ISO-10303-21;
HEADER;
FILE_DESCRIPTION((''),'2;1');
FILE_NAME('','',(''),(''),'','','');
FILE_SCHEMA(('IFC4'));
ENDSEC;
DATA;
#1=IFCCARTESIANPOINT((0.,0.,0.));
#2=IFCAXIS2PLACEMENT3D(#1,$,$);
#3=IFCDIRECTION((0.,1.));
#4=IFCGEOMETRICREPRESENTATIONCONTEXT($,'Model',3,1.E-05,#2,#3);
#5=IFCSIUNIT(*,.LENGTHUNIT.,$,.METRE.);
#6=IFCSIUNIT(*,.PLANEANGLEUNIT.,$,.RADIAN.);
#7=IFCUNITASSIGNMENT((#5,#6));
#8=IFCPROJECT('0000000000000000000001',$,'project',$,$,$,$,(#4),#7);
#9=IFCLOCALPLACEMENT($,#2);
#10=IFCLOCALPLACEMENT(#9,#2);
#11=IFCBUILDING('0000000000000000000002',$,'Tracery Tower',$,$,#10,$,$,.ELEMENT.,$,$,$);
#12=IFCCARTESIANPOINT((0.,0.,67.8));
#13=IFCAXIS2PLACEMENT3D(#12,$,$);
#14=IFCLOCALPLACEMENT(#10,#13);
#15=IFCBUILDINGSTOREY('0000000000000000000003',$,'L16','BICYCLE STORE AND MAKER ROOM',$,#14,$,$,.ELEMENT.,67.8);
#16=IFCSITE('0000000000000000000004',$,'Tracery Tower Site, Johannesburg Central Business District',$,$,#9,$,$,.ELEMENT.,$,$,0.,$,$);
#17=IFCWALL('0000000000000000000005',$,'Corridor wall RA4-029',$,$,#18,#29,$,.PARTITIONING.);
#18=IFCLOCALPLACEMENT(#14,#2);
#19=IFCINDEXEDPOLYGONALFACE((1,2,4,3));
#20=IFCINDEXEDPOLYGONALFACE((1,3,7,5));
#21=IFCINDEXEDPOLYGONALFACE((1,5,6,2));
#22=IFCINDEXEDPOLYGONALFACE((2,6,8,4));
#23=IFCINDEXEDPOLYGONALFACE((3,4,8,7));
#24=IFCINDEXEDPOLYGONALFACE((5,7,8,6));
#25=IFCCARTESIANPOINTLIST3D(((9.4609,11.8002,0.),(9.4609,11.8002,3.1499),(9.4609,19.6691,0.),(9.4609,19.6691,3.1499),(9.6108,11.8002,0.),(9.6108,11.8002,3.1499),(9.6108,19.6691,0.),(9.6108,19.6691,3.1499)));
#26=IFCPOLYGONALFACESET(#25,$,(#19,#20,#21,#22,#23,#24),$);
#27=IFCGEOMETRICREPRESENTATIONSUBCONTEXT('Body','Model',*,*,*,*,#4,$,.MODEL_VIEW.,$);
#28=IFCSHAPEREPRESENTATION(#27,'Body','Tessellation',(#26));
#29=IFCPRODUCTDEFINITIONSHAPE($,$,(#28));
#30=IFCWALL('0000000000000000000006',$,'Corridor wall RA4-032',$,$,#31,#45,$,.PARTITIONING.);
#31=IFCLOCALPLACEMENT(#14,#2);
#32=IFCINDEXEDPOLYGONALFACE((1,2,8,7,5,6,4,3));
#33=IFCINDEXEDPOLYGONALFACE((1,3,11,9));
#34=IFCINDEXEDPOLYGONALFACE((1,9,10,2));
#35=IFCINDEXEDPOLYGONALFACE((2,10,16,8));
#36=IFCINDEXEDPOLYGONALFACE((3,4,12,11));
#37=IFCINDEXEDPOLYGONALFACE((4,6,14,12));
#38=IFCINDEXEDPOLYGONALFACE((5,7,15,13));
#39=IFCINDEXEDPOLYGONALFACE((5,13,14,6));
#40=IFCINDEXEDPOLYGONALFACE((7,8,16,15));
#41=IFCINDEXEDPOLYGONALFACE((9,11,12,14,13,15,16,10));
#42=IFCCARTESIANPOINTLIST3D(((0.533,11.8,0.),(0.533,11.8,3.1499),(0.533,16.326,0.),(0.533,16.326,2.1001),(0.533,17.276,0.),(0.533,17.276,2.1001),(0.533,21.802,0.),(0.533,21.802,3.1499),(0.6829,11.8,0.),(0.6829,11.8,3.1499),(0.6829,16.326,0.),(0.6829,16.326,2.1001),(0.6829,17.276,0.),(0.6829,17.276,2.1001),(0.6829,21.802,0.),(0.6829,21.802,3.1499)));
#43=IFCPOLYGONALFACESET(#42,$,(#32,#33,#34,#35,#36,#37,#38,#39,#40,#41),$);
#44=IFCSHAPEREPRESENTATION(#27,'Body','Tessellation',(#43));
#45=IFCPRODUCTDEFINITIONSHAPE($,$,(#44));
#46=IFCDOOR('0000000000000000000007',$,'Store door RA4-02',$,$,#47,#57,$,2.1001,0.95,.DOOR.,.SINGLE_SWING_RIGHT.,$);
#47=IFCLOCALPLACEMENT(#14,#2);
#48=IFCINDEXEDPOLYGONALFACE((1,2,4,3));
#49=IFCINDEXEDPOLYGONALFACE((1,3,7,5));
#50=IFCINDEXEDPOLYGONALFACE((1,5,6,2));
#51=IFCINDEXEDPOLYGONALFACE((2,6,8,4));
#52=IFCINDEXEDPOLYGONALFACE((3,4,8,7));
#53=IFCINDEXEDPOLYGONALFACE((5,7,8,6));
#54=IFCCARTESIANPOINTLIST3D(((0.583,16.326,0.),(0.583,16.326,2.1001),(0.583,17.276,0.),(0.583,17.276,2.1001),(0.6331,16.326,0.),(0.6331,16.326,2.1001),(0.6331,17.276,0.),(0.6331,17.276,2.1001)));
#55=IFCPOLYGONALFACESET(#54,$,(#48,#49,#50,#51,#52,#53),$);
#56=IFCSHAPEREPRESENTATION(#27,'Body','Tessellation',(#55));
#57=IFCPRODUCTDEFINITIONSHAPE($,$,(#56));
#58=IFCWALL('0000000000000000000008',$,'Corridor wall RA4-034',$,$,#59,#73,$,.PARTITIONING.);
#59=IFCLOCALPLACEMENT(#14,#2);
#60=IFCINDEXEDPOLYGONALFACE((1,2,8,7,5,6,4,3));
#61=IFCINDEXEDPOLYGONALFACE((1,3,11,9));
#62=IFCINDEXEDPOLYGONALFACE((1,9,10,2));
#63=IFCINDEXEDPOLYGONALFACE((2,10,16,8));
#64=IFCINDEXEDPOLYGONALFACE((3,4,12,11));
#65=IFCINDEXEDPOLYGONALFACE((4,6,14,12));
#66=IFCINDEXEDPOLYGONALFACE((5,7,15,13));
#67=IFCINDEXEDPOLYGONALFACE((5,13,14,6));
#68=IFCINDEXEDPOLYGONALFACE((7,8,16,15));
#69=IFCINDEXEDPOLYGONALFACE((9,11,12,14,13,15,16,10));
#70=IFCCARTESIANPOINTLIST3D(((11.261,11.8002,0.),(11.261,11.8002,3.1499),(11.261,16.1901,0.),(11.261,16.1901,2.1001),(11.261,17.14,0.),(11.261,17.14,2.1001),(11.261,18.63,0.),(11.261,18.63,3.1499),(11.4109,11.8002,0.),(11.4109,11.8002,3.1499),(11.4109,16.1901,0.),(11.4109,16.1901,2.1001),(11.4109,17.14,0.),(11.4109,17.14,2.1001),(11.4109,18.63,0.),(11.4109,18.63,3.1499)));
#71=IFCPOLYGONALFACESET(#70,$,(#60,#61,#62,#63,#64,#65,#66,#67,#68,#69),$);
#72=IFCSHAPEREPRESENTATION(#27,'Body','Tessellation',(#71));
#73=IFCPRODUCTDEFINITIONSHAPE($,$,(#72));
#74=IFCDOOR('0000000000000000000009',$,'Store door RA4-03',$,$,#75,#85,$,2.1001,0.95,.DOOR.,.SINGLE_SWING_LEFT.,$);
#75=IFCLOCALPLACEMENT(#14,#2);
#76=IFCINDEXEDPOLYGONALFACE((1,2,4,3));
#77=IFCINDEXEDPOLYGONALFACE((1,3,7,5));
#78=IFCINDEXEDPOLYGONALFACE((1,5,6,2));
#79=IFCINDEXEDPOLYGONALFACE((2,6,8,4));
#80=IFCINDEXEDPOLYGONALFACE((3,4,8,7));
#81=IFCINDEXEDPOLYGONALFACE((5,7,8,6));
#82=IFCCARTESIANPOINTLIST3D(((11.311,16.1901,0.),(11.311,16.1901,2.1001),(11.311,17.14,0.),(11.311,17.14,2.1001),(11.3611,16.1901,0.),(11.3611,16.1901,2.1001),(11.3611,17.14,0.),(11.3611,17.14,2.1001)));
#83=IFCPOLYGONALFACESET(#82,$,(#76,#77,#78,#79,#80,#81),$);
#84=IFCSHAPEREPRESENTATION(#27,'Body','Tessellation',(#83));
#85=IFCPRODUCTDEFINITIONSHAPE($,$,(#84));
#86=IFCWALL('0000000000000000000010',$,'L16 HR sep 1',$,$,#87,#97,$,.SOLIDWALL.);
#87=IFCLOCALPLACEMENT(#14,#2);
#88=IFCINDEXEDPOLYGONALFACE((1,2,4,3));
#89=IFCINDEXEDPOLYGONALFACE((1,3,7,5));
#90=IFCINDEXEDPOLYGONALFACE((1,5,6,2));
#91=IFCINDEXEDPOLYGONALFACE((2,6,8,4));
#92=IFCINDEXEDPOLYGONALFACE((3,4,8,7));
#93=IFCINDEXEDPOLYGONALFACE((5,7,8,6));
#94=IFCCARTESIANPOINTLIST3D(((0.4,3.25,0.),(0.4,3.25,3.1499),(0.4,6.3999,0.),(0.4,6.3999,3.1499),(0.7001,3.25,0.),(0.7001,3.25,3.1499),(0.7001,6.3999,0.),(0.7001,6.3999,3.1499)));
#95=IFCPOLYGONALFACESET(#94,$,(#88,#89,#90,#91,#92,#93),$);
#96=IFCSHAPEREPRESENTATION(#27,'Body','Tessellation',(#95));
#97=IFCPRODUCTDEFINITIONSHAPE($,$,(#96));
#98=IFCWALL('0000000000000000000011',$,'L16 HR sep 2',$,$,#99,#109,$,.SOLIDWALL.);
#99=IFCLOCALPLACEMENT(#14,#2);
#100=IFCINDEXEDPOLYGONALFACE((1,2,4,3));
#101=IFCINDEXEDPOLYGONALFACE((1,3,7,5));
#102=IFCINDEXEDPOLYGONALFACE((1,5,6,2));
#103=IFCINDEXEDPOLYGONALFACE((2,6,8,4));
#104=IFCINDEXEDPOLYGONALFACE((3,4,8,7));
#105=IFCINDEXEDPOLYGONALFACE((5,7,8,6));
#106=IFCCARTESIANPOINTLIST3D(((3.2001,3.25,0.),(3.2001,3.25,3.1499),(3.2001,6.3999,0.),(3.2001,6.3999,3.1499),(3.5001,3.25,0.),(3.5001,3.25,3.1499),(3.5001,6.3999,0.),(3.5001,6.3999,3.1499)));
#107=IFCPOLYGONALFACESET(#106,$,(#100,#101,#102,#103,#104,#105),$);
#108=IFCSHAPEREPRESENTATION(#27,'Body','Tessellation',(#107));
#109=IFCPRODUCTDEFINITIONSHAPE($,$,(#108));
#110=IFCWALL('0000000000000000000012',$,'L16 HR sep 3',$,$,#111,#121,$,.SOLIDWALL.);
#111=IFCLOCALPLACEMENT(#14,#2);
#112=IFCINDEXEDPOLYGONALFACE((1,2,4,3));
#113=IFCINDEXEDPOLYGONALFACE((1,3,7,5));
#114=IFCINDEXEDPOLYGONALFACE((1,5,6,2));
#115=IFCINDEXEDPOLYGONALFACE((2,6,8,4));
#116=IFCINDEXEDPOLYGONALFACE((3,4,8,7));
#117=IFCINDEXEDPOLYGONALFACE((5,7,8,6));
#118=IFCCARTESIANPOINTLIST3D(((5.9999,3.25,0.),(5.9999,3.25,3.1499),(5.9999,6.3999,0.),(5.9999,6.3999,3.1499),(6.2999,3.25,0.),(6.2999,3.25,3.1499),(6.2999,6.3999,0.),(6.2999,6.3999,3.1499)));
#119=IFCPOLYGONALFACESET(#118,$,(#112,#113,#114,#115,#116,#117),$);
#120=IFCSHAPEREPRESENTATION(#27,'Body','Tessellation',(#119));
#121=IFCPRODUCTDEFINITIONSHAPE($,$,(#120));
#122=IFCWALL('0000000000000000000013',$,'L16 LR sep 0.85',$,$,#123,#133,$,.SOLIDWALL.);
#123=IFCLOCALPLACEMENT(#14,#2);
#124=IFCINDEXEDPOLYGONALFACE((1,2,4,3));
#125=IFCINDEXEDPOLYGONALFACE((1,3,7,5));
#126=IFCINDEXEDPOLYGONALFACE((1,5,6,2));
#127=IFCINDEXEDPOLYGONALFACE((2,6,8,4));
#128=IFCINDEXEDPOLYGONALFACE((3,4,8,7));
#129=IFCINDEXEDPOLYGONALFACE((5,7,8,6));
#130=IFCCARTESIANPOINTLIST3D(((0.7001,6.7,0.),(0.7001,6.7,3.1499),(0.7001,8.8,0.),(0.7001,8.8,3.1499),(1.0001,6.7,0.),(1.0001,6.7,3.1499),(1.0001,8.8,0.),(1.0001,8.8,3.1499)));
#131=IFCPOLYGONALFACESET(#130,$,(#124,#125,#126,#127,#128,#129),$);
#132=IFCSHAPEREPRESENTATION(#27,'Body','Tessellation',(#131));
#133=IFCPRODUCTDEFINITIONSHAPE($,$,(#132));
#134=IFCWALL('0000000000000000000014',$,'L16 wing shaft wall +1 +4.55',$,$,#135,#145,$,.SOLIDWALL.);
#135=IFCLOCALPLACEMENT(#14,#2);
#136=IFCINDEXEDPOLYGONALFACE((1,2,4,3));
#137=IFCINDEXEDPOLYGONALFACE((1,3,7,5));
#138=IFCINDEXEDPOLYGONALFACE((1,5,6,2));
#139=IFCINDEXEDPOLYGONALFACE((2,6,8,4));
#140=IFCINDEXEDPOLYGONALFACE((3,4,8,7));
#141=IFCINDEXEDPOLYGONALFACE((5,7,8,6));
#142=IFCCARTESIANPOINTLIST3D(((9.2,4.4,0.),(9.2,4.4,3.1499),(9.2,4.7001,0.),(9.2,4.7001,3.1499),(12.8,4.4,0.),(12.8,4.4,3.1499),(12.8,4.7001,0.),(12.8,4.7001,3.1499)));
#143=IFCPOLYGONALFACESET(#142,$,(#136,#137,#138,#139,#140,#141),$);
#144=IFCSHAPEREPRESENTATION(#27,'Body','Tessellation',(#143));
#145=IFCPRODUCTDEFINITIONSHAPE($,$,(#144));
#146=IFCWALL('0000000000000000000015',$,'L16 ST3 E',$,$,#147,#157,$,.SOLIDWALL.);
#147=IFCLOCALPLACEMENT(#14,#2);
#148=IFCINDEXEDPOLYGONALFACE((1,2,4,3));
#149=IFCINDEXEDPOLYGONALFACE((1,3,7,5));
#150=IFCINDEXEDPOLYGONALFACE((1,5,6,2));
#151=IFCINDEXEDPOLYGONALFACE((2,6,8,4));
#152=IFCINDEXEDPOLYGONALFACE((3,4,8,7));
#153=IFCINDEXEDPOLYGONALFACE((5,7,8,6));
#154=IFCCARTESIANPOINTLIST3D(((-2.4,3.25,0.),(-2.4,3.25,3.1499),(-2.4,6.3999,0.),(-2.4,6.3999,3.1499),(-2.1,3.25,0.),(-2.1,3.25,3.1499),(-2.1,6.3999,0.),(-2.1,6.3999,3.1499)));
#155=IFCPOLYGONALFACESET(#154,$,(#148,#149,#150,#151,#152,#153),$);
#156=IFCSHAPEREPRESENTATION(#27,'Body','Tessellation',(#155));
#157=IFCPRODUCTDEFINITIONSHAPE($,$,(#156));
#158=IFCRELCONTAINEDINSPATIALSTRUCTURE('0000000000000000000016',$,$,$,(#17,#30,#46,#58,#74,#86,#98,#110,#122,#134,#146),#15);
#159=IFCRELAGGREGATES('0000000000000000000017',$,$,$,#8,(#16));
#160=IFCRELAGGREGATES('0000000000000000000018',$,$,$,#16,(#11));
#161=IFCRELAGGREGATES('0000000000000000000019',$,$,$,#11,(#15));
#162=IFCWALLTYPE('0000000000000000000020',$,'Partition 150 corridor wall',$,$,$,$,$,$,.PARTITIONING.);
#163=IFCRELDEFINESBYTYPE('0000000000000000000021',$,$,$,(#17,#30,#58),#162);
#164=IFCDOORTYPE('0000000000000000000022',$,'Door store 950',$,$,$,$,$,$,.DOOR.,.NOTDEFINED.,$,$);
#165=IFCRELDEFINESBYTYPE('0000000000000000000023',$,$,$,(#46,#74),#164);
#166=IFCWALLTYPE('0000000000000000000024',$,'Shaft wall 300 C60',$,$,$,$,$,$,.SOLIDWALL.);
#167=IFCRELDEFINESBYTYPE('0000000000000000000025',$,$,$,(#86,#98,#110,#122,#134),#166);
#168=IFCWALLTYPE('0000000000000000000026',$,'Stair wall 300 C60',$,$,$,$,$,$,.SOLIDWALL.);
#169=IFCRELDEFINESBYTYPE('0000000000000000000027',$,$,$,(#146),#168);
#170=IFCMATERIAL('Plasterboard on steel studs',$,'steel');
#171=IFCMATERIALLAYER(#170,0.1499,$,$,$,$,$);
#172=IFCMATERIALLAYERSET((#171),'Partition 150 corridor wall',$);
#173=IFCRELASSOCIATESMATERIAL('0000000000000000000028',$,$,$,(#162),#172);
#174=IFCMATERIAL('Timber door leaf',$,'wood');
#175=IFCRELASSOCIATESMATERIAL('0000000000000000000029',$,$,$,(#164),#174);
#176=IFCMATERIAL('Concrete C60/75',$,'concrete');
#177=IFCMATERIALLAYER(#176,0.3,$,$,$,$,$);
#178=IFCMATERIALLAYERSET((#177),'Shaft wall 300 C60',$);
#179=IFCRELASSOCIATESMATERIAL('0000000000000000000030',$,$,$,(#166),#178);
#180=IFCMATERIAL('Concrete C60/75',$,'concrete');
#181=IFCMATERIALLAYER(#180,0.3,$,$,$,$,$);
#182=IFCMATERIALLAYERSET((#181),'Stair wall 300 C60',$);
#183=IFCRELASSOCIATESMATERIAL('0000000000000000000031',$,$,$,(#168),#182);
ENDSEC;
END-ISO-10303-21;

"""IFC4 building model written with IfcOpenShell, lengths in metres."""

from ifc_helpers import new_model, si_unit, direction, frame, frame_2d, origin, place, context, subcontext, project, spatial, rectangle, extrude, material, layer, layer_set, type_object, element, fill, save


model = new_model("IFC4")

# Units and contexts
model_context = context("Model", 3, precision=1e-05, world=origin(), true_north=direction((0.0, 1.0)))
body_context = subcontext(model_context, "Body", "Model", "MODEL_VIEW")
ifc_project = project(units=[si_unit("LENGTHUNIT", "METRE"), si_unit("PLANEANGLEUNIT", "RADIAN")], contexts=[model_context])

# Site, building, storey
site_placement = place(None, origin())
site = spatial("IfcSite", under=ifc_project, at=site_placement, Name="Tracery Tower Site, Johannesburg Central Business District", CompositionType="ELEMENT", RefElevation=0.0)
building_placement = place(site_placement, origin())
building = spatial("IfcBuilding", under=site, at=building_placement, Name="Tracery Tower", CompositionType="ELEMENT")
storey_placement = place(building_placement, frame((0.0, 0.0, 67.8)))
storey = spatial("IfcBuildingStorey", under=building, at=storey_placement, Name="L16", Description="BICYCLE STORE AND MAKER ROOM", CompositionType="ELEMENT", Elevation=67.8)

# Wall
ifc_material_1 = material(Name="Plasterboard on steel studs", Category="steel")
ifc_layer_1 = layer(ifc_material_1, 0.1499)
ifc_layer_set_1 = layer_set([ifc_layer_1], Name="Partition 150 corridor wall")
wall_type_1 = type_object("IfcWallType", Name="Partition 150 corridor wall", PredefinedType="PARTITIONING", material=ifc_layer_set_1)
wall_1_placement = place(storey_placement, frame((9.5359, 11.8, 0.0), z_axis=(0.0, 0.0, 1.0), x_axis=(0.0, 1.0, 0.0)))
element("IfcWall", 1, at=wall_1_placement, inside=storey, type_object=wall_type_1, Name="Corridor wall RA4-029", PredefinedType="PARTITIONING", context=body_context, shape_type="SweptSolid", body=[
    extrude(rectangle(XDim=7.8689, YDim=0.1499, at=frame_2d((3.9346, 0.0))), origin(), (0.0, 0.0, 1.0), 3.1499),
])

# Walls, openings, doors
wall_2_placement = place(storey_placement, frame((0.6079, 11.8, 0.0), z_axis=(0.0, 0.0, 1.0), x_axis=(0.0, 1.0, 0.0)))
wall_2 = element("IfcWall", 2, at=wall_2_placement, inside=storey, type_object=wall_type_1, Name="Corridor wall RA4-032", PredefinedType="PARTITIONING", context=body_context, shape_type="SweptSolid", body=[
    extrude(rectangle(XDim=10.002, YDim=0.1499, at=frame_2d((5.001, 0.0))), origin(), (0.0, 0.0, 1.0), 3.1499),
])
opening_1_placement = place(wall_2_placement, frame((4.5259, 0.0, 0.0)))
opening_1 = element("IfcOpeningElement", 3, at=opening_1_placement, cuts=wall_2, PredefinedType="OPENING", context=body_context, shape_type="SweptSolid", body=[
    extrude(rectangle(XDim=0.95, YDim=2.1001, at=frame_2d((0.4751, 1.05))), frame((0.0, 0.075, 0.0), z_axis=(0.0, -1.0, 0.0), x_axis=(1.0, 0.0, 0.0)), (0.0, 0.0, 1.0), 0.1499),
])
ifc_material_2 = material(Name="Timber door leaf", Category="wood")
door_type_1 = type_object("IfcDoorType", Name="Door store 950", OperationType="NOTDEFINED", PredefinedType="DOOR", material=ifc_material_2)
door_1_placement = place(opening_1_placement, origin())
door_1 = element("IfcDoor", 4, at=door_1_placement, inside=storey, type_object=door_type_1, Name="Store door RA4-02", OperationType="SINGLE_SWING_RIGHT", OverallHeight=2.1001, OverallWidth=0.95, PredefinedType="DOOR", context=body_context, shape_type="SweptSolid", body=[
    extrude(rectangle(XDim=0.95, YDim=2.1001, at=frame_2d((0.4751, 1.05))), frame((0.0, 0.0249, 0.0), z_axis=(0.0, -1.0, 0.0), x_axis=(1.0, 0.0, 0.0)), (0.0, 0.0, 1.0), 0.05),
])
fill(opening_1, door_1)
wall_3_placement = place(storey_placement, frame((11.3359, 11.8, 0.0), z_axis=(0.0, 0.0, 1.0), x_axis=(0.0, 1.0, 0.0)))
wall_3 = element("IfcWall", 5, at=wall_3_placement, inside=storey, type_object=wall_type_1, Name="Corridor wall RA4-034", PredefinedType="PARTITIONING", context=body_context, shape_type="SweptSolid", body=[
    extrude(rectangle(XDim=6.8298, YDim=0.1499, at=frame_2d((3.415, 0.0))), origin(), (0.0, 0.0, 1.0), 3.1499),
])
opening_2_placement = place(wall_3_placement, frame((4.3899, 0.0, 0.0)))
opening_2 = element("IfcOpeningElement", 6, at=opening_2_placement, cuts=wall_3, PredefinedType="OPENING", context=body_context, shape_type="SweptSolid", body=[
    extrude(rectangle(XDim=0.95, YDim=2.1001, at=frame_2d((0.4751, 1.05))), frame((0.0, 0.075, 0.0), z_axis=(0.0, -1.0, 0.0), x_axis=(1.0, 0.0, 0.0)), (0.0, 0.0, 1.0), 0.1499),
])
door_2_placement = place(opening_2_placement, origin())
door_2 = element("IfcDoor", 7, at=door_2_placement, inside=storey, type_object=door_type_1, Name="Store door RA4-03", OperationType="SINGLE_SWING_LEFT", OverallHeight=2.1001, OverallWidth=0.95, PredefinedType="DOOR", context=body_context, shape_type="SweptSolid", body=[
    extrude(rectangle(XDim=0.95, YDim=2.1001, at=frame_2d((0.4751, 1.05))), frame((0.0, 0.0249, 0.0), z_axis=(0.0, -1.0, 0.0), x_axis=(1.0, 0.0, 0.0)), (0.0, 0.0, 1.0), 0.05),
])
fill(opening_2, door_2)

# Walls
ifc_material_3 = material(Name="Concrete C60/75", Category="concrete")
ifc_layer_2 = layer(ifc_material_3, 0.3)
ifc_layer_set_2 = layer_set([ifc_layer_2], Name="Shaft wall 300 C60")
wall_type_2 = type_object("IfcWallType", Name="Shaft wall 300 C60", PredefinedType="SOLIDWALL", material=ifc_layer_set_2)
for number, where, z_axis, x_axis, name in (
    (8, (0.55, 3.25, 0.0), (0.0, 0.0, 1.0), (0.0, 1.0, 0.0), "L16 HR sep 1"),
    (9, (3.3501, 3.25, 0.0), (0.0, 0.0, 1.0), (0.0, 1.0, 0.0), "L16 HR sep 2"),
    (10, (6.1499, 3.25, 0.0), (0.0, 0.0, 1.0), (0.0, 1.0, 0.0), "L16 HR sep 3"),
):
    element("IfcWall", number, at=place(storey_placement, frame(where, z_axis=z_axis, x_axis=x_axis)), inside=storey, type_object=wall_type_2, Name=name, PredefinedType="SOLIDWALL", context=body_context, shape_type="SweptSolid", body=[
        extrude(rectangle(XDim=3.1499, YDim=0.3, at=frame_2d((1.575, 0.0))), origin(), (0.0, 0.0, 1.0), 3.1499),
    ])
wall_4_placement = place(storey_placement, frame((0.8501, 6.7, 0.0), z_axis=(0.0, 0.0, 1.0), x_axis=(0.0, 1.0, 0.0)))
element("IfcWall", 11, at=wall_4_placement, inside=storey, type_object=wall_type_2, Name="L16 LR sep 0.85", PredefinedType="SOLIDWALL", context=body_context, shape_type="SweptSolid", body=[
    extrude(rectangle(XDim=2.1001, YDim=0.3, at=frame_2d((1.05, 0.0))), origin(), (0.0, 0.0, 1.0), 3.1499),
])
wall_5_placement = place(storey_placement, frame((9.2, 4.55, 0.0), z_axis=(0.0, 0.0, 1.0), x_axis=(1.0, 0.0, 0.0)))
element("IfcWall", 12, at=wall_5_placement, inside=storey, type_object=wall_type_2, Name="L16 wing shaft wall +1 +4.55", PredefinedType="SOLIDWALL", context=body_context, shape_type="SweptSolid", body=[
    extrude(rectangle(XDim=3.6001, YDim=0.3, at=frame_2d((1.8, 0.0))), origin(), (0.0, 0.0, 1.0), 3.1499),
])
ifc_material_4 = material(Name="Concrete C60/75", Category="concrete")
ifc_layer_3 = layer(ifc_material_4, 0.3)
ifc_layer_set_3 = layer_set([ifc_layer_3], Name="Stair wall 300 C60")
wall_type_3 = type_object("IfcWallType", Name="Stair wall 300 C60", PredefinedType="SOLIDWALL", material=ifc_layer_set_3)
wall_6_placement = place(storey_placement, frame((-2.25, 3.25, 0.0), z_axis=(0.0, 0.0, 1.0), x_axis=(0.0, 1.0, 0.0)))
element("IfcWall", 13, at=wall_6_placement, inside=storey, type_object=wall_type_3, Name="L16 ST3 E", PredefinedType="SOLIDWALL", context=body_context, shape_type="SweptSolid", body=[
    extrude(rectangle(XDim=3.1499, YDim=0.3, at=frame_2d((1.575, 0.0))), origin(), (0.0, 0.0, 1.0), 3.1499),
])

save(model, "model.ifc")
